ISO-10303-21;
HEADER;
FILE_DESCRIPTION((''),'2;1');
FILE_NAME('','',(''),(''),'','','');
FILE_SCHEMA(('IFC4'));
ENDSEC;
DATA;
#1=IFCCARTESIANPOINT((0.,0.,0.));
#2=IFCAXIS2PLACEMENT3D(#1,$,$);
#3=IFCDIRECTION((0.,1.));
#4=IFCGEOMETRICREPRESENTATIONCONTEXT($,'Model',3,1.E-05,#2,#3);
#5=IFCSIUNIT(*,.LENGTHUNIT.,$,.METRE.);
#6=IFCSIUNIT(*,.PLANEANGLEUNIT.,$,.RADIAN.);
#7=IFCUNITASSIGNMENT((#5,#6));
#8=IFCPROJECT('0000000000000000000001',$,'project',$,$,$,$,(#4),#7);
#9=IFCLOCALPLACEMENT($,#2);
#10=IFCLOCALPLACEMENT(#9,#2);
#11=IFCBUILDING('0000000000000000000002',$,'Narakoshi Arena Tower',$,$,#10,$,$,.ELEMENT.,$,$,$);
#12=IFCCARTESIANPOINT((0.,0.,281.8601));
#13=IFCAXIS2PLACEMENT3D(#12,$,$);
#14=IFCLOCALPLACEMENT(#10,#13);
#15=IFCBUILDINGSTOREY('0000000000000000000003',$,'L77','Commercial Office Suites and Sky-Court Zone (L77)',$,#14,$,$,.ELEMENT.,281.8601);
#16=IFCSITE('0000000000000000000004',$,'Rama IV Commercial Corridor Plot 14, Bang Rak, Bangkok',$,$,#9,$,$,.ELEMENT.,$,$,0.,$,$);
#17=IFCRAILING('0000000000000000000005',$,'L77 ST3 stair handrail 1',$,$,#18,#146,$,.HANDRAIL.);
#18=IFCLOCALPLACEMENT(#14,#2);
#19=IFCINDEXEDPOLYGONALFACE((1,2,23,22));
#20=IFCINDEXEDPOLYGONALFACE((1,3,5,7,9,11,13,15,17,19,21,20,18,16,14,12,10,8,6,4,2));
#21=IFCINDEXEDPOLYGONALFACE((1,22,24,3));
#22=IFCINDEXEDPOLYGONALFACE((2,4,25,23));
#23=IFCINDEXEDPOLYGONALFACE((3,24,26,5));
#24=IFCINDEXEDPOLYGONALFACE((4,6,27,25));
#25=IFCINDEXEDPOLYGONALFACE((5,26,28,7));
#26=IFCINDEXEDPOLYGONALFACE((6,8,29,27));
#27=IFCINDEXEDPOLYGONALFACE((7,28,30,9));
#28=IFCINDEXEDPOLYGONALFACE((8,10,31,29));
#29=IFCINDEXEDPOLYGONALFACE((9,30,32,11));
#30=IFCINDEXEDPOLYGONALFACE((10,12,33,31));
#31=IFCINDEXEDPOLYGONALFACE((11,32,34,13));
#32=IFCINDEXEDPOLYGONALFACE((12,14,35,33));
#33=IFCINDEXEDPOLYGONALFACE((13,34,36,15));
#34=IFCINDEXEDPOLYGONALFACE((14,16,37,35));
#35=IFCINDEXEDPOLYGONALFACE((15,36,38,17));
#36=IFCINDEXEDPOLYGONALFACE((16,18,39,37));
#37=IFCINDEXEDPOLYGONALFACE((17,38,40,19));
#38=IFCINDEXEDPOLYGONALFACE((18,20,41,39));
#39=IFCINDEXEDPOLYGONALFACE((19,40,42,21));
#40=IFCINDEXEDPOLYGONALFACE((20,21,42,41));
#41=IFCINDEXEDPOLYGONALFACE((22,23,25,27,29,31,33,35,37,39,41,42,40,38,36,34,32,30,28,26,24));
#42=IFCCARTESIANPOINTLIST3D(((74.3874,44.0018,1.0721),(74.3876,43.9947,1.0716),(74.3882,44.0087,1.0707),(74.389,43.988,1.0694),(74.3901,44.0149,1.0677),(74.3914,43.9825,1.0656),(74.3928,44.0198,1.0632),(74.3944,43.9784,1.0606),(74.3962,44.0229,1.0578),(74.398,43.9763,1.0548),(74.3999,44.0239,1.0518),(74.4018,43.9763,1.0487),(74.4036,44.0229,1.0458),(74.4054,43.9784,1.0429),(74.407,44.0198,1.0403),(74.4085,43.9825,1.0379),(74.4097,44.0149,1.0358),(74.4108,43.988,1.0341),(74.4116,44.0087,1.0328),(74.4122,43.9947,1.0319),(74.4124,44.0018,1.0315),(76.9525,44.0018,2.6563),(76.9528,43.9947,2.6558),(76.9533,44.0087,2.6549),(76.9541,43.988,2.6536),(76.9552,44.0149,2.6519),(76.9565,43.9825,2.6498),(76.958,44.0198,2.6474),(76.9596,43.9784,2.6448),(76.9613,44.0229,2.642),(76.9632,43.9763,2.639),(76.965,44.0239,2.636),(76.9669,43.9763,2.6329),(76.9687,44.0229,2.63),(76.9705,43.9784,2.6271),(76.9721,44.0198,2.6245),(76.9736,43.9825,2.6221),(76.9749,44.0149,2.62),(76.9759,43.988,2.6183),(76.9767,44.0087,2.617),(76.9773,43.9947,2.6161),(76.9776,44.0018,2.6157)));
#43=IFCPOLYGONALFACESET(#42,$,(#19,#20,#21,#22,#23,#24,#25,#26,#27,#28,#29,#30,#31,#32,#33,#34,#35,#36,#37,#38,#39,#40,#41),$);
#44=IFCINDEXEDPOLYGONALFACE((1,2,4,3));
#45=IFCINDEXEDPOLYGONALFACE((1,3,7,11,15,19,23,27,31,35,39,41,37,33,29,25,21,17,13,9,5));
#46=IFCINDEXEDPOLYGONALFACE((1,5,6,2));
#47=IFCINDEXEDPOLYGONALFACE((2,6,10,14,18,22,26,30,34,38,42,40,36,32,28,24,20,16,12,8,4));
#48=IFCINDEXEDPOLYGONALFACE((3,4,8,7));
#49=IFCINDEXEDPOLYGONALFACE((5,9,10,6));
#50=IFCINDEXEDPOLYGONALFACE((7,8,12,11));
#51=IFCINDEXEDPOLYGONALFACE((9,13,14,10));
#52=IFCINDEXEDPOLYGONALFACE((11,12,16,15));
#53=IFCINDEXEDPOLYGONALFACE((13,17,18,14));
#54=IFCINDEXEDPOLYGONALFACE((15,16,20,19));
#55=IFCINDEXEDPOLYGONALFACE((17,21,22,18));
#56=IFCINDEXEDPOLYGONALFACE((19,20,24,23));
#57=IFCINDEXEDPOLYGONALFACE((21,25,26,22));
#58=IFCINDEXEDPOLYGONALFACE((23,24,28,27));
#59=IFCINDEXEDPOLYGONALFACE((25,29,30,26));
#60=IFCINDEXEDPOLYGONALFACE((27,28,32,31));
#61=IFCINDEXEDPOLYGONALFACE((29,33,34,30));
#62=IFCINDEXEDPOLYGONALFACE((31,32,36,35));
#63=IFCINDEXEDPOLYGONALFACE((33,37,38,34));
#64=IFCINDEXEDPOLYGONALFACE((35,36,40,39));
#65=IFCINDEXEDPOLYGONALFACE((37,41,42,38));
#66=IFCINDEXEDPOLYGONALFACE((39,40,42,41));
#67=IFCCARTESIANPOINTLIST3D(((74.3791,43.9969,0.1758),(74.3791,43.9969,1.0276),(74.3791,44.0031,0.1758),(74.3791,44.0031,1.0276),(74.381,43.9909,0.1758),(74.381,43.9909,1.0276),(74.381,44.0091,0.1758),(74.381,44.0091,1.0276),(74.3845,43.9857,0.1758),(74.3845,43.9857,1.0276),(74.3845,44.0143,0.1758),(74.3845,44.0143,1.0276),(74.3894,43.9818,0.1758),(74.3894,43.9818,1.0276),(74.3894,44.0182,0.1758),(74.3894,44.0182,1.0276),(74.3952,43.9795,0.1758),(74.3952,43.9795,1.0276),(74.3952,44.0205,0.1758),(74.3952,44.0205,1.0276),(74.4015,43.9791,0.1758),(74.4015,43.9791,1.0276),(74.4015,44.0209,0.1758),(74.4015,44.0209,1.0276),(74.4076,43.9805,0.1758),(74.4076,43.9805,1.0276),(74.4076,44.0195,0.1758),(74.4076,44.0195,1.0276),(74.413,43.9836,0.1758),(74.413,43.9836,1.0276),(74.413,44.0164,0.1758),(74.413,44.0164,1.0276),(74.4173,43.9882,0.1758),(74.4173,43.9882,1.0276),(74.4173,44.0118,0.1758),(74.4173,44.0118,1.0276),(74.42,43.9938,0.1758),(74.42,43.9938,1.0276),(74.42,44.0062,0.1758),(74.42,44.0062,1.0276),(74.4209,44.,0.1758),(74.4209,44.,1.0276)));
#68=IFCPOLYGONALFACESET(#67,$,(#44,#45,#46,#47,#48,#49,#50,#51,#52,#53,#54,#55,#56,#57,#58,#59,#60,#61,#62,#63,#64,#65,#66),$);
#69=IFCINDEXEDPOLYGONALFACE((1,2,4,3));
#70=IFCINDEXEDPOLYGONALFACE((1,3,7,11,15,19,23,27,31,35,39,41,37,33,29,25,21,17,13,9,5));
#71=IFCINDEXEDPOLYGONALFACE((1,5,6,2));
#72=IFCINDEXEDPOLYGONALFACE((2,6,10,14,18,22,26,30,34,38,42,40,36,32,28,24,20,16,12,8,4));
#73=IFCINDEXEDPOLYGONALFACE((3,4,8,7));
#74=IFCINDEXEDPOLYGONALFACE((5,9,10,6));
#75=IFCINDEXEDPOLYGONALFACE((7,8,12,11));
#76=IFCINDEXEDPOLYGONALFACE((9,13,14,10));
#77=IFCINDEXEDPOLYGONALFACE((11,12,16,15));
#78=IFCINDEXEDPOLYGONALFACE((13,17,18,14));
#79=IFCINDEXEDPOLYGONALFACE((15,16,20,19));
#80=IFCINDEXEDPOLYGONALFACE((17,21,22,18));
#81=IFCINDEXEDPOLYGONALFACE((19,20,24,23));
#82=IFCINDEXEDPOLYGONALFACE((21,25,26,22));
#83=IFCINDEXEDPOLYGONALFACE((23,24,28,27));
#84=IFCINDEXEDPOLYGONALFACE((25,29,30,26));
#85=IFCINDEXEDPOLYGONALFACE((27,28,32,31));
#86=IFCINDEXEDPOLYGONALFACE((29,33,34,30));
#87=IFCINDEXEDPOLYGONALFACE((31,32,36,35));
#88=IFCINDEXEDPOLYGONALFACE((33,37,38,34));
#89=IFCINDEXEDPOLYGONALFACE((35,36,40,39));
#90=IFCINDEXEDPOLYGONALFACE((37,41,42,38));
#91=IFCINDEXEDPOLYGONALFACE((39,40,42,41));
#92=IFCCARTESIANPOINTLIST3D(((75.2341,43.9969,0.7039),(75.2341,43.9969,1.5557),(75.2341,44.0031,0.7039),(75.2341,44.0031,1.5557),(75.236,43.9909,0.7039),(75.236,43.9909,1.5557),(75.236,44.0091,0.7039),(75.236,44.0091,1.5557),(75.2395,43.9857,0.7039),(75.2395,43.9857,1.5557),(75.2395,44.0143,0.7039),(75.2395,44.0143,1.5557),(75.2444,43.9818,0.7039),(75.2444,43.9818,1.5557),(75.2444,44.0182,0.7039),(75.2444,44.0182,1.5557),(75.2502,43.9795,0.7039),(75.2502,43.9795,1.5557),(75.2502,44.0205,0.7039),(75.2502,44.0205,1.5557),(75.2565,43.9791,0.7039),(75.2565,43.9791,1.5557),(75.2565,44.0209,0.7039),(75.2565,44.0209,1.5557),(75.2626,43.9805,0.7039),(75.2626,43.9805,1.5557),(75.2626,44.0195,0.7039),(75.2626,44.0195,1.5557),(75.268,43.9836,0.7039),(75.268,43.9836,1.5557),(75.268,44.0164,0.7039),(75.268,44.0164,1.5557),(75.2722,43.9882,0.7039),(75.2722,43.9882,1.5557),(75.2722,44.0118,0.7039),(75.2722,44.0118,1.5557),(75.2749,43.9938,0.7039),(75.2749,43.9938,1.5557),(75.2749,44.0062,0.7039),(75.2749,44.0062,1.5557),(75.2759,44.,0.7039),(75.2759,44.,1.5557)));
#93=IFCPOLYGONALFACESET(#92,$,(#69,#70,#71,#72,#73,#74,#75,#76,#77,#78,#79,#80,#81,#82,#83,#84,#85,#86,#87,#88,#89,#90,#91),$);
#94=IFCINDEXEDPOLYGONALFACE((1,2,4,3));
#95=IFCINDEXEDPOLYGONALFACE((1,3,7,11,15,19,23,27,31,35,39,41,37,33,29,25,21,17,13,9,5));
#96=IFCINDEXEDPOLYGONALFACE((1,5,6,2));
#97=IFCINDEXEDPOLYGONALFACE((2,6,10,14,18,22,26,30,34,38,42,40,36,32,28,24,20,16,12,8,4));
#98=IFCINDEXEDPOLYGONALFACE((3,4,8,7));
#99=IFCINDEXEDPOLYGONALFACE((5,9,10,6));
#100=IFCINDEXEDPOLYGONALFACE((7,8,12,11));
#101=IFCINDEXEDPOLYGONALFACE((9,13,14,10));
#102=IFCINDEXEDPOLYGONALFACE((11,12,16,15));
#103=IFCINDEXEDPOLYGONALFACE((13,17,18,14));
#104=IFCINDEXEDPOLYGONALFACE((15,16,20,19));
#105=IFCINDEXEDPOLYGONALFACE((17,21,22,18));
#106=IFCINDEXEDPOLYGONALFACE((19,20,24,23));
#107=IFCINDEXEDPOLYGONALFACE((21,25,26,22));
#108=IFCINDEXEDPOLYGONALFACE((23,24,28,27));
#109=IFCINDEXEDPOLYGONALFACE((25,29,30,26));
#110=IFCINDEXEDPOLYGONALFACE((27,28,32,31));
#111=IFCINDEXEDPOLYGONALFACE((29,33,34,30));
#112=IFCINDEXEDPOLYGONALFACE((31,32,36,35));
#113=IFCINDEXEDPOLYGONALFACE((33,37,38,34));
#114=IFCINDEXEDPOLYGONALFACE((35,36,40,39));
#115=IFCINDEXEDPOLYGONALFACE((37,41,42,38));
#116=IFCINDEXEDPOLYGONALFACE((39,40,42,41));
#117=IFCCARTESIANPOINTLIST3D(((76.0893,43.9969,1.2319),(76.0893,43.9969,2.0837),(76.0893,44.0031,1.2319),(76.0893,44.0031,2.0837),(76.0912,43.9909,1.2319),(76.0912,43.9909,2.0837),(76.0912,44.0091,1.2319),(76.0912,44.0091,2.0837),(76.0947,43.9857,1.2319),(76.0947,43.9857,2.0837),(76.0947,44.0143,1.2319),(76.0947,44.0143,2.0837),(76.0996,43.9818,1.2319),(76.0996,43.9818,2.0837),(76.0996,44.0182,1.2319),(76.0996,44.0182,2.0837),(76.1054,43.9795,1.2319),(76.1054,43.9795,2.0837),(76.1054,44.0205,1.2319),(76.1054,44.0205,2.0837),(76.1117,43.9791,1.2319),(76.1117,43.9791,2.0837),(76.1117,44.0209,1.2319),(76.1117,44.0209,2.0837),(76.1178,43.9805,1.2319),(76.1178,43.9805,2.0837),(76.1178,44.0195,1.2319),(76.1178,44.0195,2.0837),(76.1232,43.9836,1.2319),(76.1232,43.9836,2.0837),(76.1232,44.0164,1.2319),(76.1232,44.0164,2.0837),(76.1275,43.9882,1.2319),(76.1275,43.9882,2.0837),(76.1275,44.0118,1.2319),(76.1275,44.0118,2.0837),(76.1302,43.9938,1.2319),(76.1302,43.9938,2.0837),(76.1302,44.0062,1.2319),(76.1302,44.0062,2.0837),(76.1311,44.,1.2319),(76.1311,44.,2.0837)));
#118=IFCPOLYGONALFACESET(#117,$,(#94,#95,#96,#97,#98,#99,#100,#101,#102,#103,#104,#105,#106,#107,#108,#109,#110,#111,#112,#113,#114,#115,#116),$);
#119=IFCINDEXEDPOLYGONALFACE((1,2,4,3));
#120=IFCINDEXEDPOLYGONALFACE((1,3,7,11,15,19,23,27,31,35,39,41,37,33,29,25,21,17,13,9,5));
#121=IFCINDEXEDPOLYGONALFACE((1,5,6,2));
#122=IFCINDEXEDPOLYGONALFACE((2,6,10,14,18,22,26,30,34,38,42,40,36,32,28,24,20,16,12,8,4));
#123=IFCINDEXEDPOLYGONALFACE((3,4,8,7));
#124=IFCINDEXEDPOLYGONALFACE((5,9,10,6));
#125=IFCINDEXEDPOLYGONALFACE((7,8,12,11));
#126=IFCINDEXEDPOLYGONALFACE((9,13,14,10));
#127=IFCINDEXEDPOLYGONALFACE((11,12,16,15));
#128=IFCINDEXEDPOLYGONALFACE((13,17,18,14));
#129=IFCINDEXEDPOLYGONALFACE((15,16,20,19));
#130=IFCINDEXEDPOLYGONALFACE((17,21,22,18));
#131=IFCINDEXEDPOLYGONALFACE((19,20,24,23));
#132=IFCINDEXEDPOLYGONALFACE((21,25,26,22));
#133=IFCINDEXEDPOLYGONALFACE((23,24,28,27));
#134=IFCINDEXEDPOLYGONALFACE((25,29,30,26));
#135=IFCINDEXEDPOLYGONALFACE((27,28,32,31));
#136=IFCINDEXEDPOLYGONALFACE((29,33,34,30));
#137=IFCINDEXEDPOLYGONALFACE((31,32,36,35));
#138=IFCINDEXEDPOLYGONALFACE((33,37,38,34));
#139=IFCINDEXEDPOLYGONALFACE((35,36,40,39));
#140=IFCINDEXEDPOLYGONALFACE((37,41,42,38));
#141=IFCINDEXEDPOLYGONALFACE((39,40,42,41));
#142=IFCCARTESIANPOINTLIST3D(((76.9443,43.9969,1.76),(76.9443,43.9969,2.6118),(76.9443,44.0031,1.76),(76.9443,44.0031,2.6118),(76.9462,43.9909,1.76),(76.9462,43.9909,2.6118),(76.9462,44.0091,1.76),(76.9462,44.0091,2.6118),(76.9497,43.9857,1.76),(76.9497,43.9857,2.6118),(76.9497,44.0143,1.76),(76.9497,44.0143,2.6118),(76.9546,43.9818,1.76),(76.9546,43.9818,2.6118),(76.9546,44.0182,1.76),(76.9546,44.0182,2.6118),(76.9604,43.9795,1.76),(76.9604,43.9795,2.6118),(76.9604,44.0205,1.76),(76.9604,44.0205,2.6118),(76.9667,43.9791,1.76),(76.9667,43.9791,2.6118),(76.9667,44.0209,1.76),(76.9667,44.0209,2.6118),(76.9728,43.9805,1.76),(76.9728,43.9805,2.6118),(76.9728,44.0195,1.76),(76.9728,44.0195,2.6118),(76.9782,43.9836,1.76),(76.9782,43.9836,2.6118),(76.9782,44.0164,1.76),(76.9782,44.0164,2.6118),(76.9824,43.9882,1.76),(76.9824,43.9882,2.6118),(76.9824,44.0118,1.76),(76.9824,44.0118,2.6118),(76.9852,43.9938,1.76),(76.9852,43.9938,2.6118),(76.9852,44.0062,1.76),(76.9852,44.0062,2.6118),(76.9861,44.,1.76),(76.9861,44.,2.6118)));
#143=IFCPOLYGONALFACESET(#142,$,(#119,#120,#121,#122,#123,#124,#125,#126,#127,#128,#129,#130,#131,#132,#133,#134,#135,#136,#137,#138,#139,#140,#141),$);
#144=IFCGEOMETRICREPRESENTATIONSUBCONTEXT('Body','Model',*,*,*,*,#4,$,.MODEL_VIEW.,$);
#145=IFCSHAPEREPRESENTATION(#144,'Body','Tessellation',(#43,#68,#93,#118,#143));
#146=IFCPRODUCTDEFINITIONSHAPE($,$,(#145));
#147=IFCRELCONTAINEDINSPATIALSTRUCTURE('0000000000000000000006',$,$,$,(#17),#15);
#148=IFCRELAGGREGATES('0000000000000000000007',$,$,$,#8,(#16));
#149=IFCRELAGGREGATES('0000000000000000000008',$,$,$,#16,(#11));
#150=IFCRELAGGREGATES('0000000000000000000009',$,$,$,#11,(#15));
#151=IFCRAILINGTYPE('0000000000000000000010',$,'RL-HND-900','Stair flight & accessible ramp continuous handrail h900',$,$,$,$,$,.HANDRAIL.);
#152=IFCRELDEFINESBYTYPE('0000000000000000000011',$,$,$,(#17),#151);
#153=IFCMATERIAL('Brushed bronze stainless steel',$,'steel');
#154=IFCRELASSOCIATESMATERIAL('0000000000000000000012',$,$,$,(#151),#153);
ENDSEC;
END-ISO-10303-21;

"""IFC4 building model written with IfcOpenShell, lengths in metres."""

from ifc_helpers import new_model, si_unit, direction, frame, origin, origin_2d, place, context, subcontext, project, spatial, circle, extrude, material, type_object, element, save


model = new_model("IFC4")

# Units and contexts
model_context = context("Model", 3, precision=1e-05, world=origin(), true_north=direction((0.0, 1.0)))
body_context = subcontext(model_context, "Body", "Model", "MODEL_VIEW")
ifc_project = project(units=[si_unit("LENGTHUNIT", "METRE"), si_unit("PLANEANGLEUNIT", "RADIAN")], contexts=[model_context])

# Site, building, storey
site_placement = place(None, origin())
site = spatial("IfcSite", under=ifc_project, at=site_placement, Name="Rama IV Commercial Corridor Plot 14, Bang Rak, Bangkok", CompositionType="ELEMENT", RefElevation=0.0)
building_placement = place(site_placement, origin())
building = spatial("IfcBuilding", under=site, at=building_placement, Name="Narakoshi Arena Tower", CompositionType="ELEMENT")
storey_placement = place(building_placement, frame((0.0, 0.0, 281.8601)))
storey = spatial("IfcBuildingStorey", under=building, at=storey_placement, Name="L77", Description="Commercial Office Suites and Sky-Court Zone (L77)", CompositionType="ELEMENT", Elevation=281.8601)

# Railing
ifc_material_1 = material(Name="Brushed bronze stainless steel", Category="steel")
railing_type_1 = type_object("IfcRailingType", Name="RL-HND-900", Description="Stair flight & accessible ramp continuous handrail h900", PredefinedType="HANDRAIL", material=ifc_material_1)
railing_1_placement = place(storey_placement, frame((74.3999, 44.0, 0.1758)))
element("IfcRailing", 1, at=railing_1_placement, inside=storey, type_object=railing_type_1, Name="L77 ST3 stair handrail 1", PredefinedType="HANDRAIL", context=body_context, shape_type="SweptSolid", body=[
    extrude(circle(Radius=0.0239, at=origin_2d()), frame((0.0, 0.0, 0.876), z_axis=(0.85082, 0.0, 0.525457), x_axis=(0.0, 1.0, 0.0)), (0.0, 0.0, 1.0), 3.0149),
    extrude(circle(Radius=0.021, at=origin_2d()), origin(), (0.0, 0.0, 1.0), 0.8518),
    extrude(circle(Radius=0.021, at=origin_2d()), frame((0.855, 0.0, 0.5281)), (0.0, 0.0, 1.0), 0.8518),
    extrude(circle(Radius=0.021, at=origin_2d()), frame((1.7102, 0.0, 1.0562)), (0.0, 0.0, 1.0), 0.8518),
    extrude(circle(Radius=0.021, at=origin_2d()), frame((2.5652, 0.0, 1.5842)), (0.0, 0.0, 1.0), 0.8518),
])

save(model, "model.ifc")
